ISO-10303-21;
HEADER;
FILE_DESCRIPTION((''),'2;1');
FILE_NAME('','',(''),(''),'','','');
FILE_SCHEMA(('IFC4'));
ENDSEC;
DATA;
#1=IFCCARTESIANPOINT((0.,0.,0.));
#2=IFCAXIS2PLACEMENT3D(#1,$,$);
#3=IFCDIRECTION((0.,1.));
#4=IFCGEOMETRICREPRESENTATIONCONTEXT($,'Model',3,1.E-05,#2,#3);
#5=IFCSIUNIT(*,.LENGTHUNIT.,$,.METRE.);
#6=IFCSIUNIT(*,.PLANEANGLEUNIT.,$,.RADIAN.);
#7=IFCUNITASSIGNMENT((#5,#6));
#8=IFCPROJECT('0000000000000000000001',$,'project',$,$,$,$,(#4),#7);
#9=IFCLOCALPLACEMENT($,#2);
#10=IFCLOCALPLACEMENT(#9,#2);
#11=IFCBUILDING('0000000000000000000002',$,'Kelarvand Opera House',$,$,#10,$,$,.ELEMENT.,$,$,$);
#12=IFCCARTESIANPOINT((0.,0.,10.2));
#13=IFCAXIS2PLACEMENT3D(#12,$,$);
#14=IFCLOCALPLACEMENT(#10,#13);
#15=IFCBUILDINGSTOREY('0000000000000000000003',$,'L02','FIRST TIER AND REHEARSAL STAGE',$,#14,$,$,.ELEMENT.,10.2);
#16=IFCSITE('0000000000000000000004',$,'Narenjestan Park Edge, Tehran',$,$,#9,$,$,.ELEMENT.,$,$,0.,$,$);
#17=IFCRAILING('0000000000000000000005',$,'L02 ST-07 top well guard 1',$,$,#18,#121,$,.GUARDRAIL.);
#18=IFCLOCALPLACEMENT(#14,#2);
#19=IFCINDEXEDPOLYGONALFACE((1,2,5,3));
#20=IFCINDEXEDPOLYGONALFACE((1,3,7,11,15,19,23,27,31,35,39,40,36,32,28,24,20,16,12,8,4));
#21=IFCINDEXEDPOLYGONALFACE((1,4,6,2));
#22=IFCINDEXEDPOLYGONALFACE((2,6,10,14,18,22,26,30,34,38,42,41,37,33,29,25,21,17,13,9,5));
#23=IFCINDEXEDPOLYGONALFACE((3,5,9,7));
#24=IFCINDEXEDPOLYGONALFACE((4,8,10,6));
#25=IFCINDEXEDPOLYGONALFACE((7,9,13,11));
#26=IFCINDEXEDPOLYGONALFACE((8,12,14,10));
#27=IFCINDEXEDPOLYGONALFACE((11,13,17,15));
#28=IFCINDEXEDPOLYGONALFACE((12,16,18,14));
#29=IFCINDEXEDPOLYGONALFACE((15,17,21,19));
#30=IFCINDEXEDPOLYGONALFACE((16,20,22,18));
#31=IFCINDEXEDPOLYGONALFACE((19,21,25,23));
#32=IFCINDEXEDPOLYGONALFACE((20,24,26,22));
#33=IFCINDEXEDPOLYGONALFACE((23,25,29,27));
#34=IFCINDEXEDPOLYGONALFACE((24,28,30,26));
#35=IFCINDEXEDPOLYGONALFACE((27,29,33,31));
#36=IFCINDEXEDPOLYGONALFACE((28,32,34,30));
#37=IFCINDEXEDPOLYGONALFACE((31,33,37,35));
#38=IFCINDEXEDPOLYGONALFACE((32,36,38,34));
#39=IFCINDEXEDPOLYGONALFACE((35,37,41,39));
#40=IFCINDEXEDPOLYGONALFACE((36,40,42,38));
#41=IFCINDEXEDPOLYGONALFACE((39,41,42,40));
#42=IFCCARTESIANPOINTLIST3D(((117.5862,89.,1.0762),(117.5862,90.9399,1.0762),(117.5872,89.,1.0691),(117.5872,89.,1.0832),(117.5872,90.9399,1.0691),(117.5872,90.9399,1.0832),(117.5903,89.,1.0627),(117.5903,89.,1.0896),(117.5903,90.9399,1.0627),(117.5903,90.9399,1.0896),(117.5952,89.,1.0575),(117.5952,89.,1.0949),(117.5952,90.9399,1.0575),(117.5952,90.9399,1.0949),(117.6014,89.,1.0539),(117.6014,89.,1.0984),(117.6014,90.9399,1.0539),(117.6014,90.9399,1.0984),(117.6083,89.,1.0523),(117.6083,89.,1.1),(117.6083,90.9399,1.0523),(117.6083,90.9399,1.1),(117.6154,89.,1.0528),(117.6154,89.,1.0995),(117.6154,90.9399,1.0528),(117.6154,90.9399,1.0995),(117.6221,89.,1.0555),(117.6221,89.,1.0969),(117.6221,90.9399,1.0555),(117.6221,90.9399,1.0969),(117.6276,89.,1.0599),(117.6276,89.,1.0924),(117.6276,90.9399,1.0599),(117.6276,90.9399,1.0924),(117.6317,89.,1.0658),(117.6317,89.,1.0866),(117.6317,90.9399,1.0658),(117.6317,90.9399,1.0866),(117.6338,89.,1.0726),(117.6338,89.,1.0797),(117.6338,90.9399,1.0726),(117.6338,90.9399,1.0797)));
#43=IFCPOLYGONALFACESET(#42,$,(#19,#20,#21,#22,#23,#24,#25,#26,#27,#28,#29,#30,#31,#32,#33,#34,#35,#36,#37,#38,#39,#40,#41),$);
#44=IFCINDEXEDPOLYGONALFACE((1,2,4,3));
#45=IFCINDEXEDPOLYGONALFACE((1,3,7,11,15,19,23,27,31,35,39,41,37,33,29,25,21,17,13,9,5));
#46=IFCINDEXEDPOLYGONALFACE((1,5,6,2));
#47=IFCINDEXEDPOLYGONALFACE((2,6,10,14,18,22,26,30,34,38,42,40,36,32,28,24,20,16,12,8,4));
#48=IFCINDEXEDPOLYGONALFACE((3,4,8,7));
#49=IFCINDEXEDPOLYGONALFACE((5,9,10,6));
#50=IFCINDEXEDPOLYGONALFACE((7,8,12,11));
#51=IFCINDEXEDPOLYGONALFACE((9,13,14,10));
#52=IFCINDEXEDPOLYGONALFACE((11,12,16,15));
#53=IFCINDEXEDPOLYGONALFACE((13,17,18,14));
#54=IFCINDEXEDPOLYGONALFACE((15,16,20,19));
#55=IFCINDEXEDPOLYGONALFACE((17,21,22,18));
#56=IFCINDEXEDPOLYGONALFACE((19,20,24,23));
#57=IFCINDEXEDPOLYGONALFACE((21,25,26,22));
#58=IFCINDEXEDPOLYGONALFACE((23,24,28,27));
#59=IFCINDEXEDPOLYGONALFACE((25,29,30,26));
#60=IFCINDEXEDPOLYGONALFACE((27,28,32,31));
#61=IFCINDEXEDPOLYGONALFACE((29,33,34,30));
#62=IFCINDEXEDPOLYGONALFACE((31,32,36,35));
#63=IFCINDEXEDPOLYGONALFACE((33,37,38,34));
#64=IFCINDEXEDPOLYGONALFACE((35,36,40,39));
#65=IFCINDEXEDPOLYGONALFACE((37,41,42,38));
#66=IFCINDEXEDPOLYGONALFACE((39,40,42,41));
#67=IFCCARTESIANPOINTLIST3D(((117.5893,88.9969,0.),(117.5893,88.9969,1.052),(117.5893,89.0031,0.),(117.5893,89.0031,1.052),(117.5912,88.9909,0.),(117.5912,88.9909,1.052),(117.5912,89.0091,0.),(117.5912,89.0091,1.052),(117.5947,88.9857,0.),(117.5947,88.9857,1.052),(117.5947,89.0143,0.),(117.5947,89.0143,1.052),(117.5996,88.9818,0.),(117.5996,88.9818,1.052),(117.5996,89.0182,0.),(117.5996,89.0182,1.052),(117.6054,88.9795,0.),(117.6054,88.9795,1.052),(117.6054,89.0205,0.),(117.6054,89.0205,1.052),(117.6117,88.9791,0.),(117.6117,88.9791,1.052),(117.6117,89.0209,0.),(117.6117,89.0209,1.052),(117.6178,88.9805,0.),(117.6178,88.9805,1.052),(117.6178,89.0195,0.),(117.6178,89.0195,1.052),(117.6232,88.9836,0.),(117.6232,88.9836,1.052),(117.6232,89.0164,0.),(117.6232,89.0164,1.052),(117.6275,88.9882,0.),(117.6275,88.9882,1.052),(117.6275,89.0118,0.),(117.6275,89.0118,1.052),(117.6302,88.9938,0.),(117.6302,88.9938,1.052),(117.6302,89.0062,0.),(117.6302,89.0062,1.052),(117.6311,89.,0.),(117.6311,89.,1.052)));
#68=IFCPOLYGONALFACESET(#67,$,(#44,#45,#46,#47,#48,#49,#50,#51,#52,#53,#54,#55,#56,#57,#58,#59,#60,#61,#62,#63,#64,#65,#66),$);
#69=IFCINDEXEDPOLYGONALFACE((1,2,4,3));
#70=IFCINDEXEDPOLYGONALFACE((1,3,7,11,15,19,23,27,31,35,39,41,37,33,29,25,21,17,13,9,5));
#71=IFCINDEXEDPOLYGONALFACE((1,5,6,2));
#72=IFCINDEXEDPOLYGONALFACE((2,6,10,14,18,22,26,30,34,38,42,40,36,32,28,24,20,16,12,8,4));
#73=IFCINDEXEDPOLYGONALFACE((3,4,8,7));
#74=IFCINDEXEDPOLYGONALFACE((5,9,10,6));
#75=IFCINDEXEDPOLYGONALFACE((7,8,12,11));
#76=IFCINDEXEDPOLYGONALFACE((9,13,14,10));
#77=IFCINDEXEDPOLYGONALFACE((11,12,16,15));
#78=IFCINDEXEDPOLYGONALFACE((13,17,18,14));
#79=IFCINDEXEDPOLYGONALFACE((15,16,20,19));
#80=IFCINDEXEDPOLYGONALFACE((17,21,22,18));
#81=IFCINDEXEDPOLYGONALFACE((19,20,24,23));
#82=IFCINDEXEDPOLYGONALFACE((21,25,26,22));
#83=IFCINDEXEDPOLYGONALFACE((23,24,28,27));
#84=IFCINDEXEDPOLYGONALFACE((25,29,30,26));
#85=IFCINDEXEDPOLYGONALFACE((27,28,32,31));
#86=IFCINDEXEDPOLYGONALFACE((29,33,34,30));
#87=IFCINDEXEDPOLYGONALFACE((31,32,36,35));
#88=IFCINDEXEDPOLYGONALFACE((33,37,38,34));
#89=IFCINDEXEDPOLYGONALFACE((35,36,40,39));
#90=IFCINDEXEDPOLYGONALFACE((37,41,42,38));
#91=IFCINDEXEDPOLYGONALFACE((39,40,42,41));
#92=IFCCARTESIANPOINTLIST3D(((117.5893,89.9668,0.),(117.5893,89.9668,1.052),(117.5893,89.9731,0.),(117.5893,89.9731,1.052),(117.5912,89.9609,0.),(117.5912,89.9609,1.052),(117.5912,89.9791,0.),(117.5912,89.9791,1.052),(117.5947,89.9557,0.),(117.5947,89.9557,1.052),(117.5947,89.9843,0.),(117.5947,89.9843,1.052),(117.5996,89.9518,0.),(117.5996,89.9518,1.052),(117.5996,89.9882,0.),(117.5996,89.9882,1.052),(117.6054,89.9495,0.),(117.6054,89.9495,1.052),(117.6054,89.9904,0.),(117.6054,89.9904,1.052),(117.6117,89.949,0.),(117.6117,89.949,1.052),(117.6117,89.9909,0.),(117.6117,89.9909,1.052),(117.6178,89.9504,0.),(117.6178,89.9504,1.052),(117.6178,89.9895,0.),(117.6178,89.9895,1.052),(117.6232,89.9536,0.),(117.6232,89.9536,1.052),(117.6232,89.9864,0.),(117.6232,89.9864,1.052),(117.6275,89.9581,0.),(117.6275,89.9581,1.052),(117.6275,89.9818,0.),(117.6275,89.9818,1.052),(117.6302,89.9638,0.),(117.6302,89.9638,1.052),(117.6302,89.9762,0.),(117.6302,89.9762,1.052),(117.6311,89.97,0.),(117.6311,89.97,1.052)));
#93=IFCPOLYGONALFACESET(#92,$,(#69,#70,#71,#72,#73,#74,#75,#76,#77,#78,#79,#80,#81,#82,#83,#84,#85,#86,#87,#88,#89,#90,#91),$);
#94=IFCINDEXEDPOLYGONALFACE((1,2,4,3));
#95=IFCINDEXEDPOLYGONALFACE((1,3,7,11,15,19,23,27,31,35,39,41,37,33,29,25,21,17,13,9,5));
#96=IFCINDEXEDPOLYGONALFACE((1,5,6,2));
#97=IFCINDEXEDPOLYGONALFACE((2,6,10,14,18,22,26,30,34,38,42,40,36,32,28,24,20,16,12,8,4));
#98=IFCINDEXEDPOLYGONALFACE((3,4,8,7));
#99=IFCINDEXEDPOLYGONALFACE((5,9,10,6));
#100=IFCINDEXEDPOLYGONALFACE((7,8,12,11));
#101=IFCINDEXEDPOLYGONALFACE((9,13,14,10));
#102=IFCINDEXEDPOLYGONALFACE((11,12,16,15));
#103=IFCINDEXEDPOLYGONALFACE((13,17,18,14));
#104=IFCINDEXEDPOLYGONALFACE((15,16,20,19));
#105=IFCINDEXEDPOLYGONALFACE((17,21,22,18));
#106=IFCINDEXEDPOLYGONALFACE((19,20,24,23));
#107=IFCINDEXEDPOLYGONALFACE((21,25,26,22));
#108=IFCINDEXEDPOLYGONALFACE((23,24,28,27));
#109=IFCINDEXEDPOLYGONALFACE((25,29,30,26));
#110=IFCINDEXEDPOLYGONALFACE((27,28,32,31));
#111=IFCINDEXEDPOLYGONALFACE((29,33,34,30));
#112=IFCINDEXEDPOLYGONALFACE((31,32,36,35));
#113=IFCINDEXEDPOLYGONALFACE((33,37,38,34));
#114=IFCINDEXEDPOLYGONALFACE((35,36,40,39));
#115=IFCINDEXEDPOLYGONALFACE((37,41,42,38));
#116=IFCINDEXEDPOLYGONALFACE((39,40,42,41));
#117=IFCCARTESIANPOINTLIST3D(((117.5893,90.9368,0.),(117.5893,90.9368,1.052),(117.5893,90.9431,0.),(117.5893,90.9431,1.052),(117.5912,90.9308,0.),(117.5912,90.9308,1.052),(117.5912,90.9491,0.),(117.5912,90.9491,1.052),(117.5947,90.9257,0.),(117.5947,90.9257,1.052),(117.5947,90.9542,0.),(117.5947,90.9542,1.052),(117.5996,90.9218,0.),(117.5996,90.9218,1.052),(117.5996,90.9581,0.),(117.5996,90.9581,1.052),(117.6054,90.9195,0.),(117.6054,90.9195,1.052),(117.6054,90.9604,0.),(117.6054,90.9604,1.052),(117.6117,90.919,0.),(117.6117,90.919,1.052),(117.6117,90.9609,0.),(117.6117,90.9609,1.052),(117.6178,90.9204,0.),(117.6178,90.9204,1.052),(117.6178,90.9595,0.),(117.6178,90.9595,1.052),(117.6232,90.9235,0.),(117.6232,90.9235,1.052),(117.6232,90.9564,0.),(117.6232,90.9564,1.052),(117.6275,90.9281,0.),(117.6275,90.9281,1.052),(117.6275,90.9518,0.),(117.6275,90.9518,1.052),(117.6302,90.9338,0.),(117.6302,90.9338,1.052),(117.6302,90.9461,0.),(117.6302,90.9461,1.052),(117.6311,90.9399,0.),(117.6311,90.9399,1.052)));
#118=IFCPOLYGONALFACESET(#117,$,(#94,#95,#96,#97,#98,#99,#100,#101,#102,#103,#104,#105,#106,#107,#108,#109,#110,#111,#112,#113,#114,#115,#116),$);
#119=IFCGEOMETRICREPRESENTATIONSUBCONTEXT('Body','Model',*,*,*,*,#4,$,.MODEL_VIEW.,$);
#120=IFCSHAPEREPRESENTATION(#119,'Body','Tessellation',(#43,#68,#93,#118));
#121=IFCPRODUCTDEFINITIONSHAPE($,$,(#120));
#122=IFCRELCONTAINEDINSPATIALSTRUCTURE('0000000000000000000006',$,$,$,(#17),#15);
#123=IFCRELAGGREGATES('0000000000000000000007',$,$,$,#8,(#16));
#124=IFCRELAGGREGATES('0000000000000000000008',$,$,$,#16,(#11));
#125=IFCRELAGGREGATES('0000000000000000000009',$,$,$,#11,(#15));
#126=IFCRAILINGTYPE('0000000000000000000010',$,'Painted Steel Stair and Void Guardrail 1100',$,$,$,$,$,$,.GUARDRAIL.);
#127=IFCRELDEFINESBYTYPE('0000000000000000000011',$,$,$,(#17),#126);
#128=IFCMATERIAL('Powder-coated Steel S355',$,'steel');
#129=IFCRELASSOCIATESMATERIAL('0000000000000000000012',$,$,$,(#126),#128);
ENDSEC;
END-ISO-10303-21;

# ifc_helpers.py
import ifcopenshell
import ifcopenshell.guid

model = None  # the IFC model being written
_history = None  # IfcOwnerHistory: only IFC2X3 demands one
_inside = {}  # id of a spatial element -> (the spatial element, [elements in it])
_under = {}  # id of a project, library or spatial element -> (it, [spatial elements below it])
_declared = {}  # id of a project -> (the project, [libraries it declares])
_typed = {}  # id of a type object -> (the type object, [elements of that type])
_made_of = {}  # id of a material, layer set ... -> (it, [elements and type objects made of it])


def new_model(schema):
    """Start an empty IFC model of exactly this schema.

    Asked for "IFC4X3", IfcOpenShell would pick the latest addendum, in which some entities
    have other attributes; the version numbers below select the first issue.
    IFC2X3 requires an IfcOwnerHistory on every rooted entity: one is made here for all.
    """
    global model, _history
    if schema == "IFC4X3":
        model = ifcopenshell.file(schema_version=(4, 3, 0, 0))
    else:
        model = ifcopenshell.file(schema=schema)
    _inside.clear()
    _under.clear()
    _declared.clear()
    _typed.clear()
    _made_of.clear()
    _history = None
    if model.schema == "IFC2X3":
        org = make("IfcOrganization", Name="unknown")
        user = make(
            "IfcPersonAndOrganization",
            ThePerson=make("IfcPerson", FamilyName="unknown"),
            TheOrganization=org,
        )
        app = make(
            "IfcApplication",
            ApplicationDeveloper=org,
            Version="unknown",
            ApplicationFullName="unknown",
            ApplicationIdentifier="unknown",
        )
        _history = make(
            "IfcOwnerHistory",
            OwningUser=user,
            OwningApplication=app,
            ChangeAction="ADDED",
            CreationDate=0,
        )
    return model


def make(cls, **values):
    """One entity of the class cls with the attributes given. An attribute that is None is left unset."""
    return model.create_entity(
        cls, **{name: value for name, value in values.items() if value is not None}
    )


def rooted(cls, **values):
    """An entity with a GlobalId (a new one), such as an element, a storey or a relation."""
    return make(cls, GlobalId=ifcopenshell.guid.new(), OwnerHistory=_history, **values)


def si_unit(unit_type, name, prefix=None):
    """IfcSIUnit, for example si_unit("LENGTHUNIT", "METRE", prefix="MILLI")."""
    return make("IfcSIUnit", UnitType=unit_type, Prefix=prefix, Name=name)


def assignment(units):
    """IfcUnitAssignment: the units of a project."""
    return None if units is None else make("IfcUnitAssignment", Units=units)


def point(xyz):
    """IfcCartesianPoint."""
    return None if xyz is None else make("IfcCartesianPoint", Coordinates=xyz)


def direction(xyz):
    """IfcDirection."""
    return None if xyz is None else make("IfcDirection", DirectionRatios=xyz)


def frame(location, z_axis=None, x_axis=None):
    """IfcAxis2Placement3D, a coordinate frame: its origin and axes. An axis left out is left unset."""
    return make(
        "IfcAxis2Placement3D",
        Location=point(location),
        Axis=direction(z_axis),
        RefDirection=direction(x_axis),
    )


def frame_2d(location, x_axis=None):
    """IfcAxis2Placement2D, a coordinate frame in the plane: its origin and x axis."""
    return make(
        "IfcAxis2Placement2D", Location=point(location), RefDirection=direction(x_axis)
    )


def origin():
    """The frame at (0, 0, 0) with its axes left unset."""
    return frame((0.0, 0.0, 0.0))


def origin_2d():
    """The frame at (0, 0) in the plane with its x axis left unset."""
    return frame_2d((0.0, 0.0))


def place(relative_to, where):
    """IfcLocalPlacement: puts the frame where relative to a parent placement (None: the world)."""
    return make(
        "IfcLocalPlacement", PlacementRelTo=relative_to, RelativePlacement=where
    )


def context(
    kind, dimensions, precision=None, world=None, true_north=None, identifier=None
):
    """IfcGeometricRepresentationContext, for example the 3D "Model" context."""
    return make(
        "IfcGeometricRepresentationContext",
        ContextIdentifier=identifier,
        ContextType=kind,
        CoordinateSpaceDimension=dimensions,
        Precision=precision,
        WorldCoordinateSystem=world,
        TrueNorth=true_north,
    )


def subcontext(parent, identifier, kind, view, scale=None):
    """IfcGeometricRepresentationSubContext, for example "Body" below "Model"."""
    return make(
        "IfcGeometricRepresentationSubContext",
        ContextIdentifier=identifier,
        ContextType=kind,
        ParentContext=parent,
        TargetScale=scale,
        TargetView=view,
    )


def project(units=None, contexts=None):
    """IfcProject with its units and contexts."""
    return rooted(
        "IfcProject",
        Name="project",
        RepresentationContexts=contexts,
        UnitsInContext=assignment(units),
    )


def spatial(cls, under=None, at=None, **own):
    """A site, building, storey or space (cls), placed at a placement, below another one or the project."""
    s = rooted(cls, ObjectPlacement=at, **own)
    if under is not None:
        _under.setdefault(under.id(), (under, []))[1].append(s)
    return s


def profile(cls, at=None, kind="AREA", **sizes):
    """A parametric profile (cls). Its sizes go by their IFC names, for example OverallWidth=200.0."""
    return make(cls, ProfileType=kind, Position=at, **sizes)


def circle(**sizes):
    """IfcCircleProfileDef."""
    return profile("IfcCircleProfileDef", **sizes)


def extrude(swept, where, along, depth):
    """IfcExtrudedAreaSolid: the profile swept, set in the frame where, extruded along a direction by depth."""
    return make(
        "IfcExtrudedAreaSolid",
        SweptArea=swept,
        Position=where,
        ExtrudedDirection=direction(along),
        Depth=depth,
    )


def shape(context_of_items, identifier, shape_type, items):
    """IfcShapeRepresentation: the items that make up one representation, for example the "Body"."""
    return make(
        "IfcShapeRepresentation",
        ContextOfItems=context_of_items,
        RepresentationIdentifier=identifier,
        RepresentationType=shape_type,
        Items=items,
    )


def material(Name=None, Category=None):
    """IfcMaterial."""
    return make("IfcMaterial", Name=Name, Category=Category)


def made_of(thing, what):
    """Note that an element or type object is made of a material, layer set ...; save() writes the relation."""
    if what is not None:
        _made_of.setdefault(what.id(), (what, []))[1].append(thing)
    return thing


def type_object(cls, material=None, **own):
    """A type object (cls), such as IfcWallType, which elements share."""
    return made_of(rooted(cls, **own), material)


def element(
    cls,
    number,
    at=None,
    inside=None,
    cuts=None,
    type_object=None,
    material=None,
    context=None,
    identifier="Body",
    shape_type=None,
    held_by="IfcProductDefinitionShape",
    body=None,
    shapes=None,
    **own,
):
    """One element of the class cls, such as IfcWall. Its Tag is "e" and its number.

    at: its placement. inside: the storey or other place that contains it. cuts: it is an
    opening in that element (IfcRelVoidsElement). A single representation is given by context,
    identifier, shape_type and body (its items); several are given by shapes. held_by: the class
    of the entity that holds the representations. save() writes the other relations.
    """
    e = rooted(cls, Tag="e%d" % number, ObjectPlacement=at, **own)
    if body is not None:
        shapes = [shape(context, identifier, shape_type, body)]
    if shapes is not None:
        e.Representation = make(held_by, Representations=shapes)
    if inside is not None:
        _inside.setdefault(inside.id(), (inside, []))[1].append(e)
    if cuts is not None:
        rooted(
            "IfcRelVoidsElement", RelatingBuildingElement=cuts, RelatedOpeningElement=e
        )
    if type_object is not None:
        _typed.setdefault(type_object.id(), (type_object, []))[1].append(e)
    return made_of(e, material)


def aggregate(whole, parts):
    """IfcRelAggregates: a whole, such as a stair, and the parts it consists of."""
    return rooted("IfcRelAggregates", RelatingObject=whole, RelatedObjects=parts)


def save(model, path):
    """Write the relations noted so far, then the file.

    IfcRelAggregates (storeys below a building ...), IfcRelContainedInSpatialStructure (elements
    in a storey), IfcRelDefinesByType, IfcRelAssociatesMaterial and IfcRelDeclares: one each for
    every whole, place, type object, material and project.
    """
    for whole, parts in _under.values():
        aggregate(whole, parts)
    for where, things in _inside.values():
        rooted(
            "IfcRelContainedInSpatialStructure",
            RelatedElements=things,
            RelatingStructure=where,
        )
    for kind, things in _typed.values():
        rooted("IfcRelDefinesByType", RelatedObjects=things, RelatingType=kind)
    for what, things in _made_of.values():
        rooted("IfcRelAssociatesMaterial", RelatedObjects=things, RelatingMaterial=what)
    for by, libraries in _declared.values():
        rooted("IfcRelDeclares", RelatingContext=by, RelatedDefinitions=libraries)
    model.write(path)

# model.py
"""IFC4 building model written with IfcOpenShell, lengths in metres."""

from ifc_helpers import new_model, si_unit, direction, frame, origin, origin_2d, place, context, subcontext, project, spatial, circle, extrude, material, type_object, element, save


model = new_model("IFC4")

# Units and contexts
model_context = context("Model", 3, precision=1e-05, world=origin(), true_north=direction((0.0, 1.0)))
body_context = subcontext(model_context, "Body", "Model", "MODEL_VIEW")
ifc_project = project(units=[si_unit("LENGTHUNIT", "METRE"), si_unit("PLANEANGLEUNIT", "RADIAN")], contexts=[model_context])

# Site, building, storey
site_placement = place(None, origin())
site = spatial("IfcSite", under=ifc_project, at=site_placement, Name="Narenjestan Park Edge, Tehran", CompositionType="ELEMENT", RefElevation=0.0)
building_placement = place(site_placement, origin())
building = spatial("IfcBuilding", under=site, at=building_placement, Name="Kelarvand Opera House", CompositionType="ELEMENT")
storey_placement = place(building_placement, frame((0.0, 0.0, 10.2)))
storey = spatial("IfcBuildingStorey", under=building, at=storey_placement, Name="L02", Description="FIRST TIER AND REHEARSAL STAGE", CompositionType="ELEMENT", Elevation=10.2)

# Railing
ifc_material_1 = material(Name="Powder-coated Steel S355", Category="steel")
railing_type = type_object("IfcRailingType", Name="Painted Steel Stair and Void Guardrail 1100", PredefinedType="GUARDRAIL", material=ifc_material_1)
railing_placement = place(storey_placement, frame((117.6101, 89.0, 0.0)))
element("IfcRailing", 1, at=railing_placement, inside=storey, type_object=railing_type, Name="L02 ST-07 top well guard 1", PredefinedType="GUARDRAIL", context=body_context, shape_type="SweptSolid", body=[
    extrude(circle(Radius=0.0239, at=origin_2d()), frame((0.0, 0.0, 1.0762), z_axis=(0.0, 1.0, 0.0), x_axis=(-1.0, 0.0, 0.0)), (0.0, 0.0, 1.0), 1.9399),
    extrude(circle(Radius=0.021, at=origin_2d()), origin(), (0.0, 0.0, 1.0), 1.052),
    extrude(circle(Radius=0.021, at=origin_2d()), frame((0.0, 0.97, 0.0)), (0.0, 0.0, 1.0), 1.052),
    extrude(circle(Radius=0.021, at=origin_2d()), frame((0.0, 1.9399, 0.0)), (0.0, 0.0, 1.0), 1.052),
])

save(model, "model.ifc")
